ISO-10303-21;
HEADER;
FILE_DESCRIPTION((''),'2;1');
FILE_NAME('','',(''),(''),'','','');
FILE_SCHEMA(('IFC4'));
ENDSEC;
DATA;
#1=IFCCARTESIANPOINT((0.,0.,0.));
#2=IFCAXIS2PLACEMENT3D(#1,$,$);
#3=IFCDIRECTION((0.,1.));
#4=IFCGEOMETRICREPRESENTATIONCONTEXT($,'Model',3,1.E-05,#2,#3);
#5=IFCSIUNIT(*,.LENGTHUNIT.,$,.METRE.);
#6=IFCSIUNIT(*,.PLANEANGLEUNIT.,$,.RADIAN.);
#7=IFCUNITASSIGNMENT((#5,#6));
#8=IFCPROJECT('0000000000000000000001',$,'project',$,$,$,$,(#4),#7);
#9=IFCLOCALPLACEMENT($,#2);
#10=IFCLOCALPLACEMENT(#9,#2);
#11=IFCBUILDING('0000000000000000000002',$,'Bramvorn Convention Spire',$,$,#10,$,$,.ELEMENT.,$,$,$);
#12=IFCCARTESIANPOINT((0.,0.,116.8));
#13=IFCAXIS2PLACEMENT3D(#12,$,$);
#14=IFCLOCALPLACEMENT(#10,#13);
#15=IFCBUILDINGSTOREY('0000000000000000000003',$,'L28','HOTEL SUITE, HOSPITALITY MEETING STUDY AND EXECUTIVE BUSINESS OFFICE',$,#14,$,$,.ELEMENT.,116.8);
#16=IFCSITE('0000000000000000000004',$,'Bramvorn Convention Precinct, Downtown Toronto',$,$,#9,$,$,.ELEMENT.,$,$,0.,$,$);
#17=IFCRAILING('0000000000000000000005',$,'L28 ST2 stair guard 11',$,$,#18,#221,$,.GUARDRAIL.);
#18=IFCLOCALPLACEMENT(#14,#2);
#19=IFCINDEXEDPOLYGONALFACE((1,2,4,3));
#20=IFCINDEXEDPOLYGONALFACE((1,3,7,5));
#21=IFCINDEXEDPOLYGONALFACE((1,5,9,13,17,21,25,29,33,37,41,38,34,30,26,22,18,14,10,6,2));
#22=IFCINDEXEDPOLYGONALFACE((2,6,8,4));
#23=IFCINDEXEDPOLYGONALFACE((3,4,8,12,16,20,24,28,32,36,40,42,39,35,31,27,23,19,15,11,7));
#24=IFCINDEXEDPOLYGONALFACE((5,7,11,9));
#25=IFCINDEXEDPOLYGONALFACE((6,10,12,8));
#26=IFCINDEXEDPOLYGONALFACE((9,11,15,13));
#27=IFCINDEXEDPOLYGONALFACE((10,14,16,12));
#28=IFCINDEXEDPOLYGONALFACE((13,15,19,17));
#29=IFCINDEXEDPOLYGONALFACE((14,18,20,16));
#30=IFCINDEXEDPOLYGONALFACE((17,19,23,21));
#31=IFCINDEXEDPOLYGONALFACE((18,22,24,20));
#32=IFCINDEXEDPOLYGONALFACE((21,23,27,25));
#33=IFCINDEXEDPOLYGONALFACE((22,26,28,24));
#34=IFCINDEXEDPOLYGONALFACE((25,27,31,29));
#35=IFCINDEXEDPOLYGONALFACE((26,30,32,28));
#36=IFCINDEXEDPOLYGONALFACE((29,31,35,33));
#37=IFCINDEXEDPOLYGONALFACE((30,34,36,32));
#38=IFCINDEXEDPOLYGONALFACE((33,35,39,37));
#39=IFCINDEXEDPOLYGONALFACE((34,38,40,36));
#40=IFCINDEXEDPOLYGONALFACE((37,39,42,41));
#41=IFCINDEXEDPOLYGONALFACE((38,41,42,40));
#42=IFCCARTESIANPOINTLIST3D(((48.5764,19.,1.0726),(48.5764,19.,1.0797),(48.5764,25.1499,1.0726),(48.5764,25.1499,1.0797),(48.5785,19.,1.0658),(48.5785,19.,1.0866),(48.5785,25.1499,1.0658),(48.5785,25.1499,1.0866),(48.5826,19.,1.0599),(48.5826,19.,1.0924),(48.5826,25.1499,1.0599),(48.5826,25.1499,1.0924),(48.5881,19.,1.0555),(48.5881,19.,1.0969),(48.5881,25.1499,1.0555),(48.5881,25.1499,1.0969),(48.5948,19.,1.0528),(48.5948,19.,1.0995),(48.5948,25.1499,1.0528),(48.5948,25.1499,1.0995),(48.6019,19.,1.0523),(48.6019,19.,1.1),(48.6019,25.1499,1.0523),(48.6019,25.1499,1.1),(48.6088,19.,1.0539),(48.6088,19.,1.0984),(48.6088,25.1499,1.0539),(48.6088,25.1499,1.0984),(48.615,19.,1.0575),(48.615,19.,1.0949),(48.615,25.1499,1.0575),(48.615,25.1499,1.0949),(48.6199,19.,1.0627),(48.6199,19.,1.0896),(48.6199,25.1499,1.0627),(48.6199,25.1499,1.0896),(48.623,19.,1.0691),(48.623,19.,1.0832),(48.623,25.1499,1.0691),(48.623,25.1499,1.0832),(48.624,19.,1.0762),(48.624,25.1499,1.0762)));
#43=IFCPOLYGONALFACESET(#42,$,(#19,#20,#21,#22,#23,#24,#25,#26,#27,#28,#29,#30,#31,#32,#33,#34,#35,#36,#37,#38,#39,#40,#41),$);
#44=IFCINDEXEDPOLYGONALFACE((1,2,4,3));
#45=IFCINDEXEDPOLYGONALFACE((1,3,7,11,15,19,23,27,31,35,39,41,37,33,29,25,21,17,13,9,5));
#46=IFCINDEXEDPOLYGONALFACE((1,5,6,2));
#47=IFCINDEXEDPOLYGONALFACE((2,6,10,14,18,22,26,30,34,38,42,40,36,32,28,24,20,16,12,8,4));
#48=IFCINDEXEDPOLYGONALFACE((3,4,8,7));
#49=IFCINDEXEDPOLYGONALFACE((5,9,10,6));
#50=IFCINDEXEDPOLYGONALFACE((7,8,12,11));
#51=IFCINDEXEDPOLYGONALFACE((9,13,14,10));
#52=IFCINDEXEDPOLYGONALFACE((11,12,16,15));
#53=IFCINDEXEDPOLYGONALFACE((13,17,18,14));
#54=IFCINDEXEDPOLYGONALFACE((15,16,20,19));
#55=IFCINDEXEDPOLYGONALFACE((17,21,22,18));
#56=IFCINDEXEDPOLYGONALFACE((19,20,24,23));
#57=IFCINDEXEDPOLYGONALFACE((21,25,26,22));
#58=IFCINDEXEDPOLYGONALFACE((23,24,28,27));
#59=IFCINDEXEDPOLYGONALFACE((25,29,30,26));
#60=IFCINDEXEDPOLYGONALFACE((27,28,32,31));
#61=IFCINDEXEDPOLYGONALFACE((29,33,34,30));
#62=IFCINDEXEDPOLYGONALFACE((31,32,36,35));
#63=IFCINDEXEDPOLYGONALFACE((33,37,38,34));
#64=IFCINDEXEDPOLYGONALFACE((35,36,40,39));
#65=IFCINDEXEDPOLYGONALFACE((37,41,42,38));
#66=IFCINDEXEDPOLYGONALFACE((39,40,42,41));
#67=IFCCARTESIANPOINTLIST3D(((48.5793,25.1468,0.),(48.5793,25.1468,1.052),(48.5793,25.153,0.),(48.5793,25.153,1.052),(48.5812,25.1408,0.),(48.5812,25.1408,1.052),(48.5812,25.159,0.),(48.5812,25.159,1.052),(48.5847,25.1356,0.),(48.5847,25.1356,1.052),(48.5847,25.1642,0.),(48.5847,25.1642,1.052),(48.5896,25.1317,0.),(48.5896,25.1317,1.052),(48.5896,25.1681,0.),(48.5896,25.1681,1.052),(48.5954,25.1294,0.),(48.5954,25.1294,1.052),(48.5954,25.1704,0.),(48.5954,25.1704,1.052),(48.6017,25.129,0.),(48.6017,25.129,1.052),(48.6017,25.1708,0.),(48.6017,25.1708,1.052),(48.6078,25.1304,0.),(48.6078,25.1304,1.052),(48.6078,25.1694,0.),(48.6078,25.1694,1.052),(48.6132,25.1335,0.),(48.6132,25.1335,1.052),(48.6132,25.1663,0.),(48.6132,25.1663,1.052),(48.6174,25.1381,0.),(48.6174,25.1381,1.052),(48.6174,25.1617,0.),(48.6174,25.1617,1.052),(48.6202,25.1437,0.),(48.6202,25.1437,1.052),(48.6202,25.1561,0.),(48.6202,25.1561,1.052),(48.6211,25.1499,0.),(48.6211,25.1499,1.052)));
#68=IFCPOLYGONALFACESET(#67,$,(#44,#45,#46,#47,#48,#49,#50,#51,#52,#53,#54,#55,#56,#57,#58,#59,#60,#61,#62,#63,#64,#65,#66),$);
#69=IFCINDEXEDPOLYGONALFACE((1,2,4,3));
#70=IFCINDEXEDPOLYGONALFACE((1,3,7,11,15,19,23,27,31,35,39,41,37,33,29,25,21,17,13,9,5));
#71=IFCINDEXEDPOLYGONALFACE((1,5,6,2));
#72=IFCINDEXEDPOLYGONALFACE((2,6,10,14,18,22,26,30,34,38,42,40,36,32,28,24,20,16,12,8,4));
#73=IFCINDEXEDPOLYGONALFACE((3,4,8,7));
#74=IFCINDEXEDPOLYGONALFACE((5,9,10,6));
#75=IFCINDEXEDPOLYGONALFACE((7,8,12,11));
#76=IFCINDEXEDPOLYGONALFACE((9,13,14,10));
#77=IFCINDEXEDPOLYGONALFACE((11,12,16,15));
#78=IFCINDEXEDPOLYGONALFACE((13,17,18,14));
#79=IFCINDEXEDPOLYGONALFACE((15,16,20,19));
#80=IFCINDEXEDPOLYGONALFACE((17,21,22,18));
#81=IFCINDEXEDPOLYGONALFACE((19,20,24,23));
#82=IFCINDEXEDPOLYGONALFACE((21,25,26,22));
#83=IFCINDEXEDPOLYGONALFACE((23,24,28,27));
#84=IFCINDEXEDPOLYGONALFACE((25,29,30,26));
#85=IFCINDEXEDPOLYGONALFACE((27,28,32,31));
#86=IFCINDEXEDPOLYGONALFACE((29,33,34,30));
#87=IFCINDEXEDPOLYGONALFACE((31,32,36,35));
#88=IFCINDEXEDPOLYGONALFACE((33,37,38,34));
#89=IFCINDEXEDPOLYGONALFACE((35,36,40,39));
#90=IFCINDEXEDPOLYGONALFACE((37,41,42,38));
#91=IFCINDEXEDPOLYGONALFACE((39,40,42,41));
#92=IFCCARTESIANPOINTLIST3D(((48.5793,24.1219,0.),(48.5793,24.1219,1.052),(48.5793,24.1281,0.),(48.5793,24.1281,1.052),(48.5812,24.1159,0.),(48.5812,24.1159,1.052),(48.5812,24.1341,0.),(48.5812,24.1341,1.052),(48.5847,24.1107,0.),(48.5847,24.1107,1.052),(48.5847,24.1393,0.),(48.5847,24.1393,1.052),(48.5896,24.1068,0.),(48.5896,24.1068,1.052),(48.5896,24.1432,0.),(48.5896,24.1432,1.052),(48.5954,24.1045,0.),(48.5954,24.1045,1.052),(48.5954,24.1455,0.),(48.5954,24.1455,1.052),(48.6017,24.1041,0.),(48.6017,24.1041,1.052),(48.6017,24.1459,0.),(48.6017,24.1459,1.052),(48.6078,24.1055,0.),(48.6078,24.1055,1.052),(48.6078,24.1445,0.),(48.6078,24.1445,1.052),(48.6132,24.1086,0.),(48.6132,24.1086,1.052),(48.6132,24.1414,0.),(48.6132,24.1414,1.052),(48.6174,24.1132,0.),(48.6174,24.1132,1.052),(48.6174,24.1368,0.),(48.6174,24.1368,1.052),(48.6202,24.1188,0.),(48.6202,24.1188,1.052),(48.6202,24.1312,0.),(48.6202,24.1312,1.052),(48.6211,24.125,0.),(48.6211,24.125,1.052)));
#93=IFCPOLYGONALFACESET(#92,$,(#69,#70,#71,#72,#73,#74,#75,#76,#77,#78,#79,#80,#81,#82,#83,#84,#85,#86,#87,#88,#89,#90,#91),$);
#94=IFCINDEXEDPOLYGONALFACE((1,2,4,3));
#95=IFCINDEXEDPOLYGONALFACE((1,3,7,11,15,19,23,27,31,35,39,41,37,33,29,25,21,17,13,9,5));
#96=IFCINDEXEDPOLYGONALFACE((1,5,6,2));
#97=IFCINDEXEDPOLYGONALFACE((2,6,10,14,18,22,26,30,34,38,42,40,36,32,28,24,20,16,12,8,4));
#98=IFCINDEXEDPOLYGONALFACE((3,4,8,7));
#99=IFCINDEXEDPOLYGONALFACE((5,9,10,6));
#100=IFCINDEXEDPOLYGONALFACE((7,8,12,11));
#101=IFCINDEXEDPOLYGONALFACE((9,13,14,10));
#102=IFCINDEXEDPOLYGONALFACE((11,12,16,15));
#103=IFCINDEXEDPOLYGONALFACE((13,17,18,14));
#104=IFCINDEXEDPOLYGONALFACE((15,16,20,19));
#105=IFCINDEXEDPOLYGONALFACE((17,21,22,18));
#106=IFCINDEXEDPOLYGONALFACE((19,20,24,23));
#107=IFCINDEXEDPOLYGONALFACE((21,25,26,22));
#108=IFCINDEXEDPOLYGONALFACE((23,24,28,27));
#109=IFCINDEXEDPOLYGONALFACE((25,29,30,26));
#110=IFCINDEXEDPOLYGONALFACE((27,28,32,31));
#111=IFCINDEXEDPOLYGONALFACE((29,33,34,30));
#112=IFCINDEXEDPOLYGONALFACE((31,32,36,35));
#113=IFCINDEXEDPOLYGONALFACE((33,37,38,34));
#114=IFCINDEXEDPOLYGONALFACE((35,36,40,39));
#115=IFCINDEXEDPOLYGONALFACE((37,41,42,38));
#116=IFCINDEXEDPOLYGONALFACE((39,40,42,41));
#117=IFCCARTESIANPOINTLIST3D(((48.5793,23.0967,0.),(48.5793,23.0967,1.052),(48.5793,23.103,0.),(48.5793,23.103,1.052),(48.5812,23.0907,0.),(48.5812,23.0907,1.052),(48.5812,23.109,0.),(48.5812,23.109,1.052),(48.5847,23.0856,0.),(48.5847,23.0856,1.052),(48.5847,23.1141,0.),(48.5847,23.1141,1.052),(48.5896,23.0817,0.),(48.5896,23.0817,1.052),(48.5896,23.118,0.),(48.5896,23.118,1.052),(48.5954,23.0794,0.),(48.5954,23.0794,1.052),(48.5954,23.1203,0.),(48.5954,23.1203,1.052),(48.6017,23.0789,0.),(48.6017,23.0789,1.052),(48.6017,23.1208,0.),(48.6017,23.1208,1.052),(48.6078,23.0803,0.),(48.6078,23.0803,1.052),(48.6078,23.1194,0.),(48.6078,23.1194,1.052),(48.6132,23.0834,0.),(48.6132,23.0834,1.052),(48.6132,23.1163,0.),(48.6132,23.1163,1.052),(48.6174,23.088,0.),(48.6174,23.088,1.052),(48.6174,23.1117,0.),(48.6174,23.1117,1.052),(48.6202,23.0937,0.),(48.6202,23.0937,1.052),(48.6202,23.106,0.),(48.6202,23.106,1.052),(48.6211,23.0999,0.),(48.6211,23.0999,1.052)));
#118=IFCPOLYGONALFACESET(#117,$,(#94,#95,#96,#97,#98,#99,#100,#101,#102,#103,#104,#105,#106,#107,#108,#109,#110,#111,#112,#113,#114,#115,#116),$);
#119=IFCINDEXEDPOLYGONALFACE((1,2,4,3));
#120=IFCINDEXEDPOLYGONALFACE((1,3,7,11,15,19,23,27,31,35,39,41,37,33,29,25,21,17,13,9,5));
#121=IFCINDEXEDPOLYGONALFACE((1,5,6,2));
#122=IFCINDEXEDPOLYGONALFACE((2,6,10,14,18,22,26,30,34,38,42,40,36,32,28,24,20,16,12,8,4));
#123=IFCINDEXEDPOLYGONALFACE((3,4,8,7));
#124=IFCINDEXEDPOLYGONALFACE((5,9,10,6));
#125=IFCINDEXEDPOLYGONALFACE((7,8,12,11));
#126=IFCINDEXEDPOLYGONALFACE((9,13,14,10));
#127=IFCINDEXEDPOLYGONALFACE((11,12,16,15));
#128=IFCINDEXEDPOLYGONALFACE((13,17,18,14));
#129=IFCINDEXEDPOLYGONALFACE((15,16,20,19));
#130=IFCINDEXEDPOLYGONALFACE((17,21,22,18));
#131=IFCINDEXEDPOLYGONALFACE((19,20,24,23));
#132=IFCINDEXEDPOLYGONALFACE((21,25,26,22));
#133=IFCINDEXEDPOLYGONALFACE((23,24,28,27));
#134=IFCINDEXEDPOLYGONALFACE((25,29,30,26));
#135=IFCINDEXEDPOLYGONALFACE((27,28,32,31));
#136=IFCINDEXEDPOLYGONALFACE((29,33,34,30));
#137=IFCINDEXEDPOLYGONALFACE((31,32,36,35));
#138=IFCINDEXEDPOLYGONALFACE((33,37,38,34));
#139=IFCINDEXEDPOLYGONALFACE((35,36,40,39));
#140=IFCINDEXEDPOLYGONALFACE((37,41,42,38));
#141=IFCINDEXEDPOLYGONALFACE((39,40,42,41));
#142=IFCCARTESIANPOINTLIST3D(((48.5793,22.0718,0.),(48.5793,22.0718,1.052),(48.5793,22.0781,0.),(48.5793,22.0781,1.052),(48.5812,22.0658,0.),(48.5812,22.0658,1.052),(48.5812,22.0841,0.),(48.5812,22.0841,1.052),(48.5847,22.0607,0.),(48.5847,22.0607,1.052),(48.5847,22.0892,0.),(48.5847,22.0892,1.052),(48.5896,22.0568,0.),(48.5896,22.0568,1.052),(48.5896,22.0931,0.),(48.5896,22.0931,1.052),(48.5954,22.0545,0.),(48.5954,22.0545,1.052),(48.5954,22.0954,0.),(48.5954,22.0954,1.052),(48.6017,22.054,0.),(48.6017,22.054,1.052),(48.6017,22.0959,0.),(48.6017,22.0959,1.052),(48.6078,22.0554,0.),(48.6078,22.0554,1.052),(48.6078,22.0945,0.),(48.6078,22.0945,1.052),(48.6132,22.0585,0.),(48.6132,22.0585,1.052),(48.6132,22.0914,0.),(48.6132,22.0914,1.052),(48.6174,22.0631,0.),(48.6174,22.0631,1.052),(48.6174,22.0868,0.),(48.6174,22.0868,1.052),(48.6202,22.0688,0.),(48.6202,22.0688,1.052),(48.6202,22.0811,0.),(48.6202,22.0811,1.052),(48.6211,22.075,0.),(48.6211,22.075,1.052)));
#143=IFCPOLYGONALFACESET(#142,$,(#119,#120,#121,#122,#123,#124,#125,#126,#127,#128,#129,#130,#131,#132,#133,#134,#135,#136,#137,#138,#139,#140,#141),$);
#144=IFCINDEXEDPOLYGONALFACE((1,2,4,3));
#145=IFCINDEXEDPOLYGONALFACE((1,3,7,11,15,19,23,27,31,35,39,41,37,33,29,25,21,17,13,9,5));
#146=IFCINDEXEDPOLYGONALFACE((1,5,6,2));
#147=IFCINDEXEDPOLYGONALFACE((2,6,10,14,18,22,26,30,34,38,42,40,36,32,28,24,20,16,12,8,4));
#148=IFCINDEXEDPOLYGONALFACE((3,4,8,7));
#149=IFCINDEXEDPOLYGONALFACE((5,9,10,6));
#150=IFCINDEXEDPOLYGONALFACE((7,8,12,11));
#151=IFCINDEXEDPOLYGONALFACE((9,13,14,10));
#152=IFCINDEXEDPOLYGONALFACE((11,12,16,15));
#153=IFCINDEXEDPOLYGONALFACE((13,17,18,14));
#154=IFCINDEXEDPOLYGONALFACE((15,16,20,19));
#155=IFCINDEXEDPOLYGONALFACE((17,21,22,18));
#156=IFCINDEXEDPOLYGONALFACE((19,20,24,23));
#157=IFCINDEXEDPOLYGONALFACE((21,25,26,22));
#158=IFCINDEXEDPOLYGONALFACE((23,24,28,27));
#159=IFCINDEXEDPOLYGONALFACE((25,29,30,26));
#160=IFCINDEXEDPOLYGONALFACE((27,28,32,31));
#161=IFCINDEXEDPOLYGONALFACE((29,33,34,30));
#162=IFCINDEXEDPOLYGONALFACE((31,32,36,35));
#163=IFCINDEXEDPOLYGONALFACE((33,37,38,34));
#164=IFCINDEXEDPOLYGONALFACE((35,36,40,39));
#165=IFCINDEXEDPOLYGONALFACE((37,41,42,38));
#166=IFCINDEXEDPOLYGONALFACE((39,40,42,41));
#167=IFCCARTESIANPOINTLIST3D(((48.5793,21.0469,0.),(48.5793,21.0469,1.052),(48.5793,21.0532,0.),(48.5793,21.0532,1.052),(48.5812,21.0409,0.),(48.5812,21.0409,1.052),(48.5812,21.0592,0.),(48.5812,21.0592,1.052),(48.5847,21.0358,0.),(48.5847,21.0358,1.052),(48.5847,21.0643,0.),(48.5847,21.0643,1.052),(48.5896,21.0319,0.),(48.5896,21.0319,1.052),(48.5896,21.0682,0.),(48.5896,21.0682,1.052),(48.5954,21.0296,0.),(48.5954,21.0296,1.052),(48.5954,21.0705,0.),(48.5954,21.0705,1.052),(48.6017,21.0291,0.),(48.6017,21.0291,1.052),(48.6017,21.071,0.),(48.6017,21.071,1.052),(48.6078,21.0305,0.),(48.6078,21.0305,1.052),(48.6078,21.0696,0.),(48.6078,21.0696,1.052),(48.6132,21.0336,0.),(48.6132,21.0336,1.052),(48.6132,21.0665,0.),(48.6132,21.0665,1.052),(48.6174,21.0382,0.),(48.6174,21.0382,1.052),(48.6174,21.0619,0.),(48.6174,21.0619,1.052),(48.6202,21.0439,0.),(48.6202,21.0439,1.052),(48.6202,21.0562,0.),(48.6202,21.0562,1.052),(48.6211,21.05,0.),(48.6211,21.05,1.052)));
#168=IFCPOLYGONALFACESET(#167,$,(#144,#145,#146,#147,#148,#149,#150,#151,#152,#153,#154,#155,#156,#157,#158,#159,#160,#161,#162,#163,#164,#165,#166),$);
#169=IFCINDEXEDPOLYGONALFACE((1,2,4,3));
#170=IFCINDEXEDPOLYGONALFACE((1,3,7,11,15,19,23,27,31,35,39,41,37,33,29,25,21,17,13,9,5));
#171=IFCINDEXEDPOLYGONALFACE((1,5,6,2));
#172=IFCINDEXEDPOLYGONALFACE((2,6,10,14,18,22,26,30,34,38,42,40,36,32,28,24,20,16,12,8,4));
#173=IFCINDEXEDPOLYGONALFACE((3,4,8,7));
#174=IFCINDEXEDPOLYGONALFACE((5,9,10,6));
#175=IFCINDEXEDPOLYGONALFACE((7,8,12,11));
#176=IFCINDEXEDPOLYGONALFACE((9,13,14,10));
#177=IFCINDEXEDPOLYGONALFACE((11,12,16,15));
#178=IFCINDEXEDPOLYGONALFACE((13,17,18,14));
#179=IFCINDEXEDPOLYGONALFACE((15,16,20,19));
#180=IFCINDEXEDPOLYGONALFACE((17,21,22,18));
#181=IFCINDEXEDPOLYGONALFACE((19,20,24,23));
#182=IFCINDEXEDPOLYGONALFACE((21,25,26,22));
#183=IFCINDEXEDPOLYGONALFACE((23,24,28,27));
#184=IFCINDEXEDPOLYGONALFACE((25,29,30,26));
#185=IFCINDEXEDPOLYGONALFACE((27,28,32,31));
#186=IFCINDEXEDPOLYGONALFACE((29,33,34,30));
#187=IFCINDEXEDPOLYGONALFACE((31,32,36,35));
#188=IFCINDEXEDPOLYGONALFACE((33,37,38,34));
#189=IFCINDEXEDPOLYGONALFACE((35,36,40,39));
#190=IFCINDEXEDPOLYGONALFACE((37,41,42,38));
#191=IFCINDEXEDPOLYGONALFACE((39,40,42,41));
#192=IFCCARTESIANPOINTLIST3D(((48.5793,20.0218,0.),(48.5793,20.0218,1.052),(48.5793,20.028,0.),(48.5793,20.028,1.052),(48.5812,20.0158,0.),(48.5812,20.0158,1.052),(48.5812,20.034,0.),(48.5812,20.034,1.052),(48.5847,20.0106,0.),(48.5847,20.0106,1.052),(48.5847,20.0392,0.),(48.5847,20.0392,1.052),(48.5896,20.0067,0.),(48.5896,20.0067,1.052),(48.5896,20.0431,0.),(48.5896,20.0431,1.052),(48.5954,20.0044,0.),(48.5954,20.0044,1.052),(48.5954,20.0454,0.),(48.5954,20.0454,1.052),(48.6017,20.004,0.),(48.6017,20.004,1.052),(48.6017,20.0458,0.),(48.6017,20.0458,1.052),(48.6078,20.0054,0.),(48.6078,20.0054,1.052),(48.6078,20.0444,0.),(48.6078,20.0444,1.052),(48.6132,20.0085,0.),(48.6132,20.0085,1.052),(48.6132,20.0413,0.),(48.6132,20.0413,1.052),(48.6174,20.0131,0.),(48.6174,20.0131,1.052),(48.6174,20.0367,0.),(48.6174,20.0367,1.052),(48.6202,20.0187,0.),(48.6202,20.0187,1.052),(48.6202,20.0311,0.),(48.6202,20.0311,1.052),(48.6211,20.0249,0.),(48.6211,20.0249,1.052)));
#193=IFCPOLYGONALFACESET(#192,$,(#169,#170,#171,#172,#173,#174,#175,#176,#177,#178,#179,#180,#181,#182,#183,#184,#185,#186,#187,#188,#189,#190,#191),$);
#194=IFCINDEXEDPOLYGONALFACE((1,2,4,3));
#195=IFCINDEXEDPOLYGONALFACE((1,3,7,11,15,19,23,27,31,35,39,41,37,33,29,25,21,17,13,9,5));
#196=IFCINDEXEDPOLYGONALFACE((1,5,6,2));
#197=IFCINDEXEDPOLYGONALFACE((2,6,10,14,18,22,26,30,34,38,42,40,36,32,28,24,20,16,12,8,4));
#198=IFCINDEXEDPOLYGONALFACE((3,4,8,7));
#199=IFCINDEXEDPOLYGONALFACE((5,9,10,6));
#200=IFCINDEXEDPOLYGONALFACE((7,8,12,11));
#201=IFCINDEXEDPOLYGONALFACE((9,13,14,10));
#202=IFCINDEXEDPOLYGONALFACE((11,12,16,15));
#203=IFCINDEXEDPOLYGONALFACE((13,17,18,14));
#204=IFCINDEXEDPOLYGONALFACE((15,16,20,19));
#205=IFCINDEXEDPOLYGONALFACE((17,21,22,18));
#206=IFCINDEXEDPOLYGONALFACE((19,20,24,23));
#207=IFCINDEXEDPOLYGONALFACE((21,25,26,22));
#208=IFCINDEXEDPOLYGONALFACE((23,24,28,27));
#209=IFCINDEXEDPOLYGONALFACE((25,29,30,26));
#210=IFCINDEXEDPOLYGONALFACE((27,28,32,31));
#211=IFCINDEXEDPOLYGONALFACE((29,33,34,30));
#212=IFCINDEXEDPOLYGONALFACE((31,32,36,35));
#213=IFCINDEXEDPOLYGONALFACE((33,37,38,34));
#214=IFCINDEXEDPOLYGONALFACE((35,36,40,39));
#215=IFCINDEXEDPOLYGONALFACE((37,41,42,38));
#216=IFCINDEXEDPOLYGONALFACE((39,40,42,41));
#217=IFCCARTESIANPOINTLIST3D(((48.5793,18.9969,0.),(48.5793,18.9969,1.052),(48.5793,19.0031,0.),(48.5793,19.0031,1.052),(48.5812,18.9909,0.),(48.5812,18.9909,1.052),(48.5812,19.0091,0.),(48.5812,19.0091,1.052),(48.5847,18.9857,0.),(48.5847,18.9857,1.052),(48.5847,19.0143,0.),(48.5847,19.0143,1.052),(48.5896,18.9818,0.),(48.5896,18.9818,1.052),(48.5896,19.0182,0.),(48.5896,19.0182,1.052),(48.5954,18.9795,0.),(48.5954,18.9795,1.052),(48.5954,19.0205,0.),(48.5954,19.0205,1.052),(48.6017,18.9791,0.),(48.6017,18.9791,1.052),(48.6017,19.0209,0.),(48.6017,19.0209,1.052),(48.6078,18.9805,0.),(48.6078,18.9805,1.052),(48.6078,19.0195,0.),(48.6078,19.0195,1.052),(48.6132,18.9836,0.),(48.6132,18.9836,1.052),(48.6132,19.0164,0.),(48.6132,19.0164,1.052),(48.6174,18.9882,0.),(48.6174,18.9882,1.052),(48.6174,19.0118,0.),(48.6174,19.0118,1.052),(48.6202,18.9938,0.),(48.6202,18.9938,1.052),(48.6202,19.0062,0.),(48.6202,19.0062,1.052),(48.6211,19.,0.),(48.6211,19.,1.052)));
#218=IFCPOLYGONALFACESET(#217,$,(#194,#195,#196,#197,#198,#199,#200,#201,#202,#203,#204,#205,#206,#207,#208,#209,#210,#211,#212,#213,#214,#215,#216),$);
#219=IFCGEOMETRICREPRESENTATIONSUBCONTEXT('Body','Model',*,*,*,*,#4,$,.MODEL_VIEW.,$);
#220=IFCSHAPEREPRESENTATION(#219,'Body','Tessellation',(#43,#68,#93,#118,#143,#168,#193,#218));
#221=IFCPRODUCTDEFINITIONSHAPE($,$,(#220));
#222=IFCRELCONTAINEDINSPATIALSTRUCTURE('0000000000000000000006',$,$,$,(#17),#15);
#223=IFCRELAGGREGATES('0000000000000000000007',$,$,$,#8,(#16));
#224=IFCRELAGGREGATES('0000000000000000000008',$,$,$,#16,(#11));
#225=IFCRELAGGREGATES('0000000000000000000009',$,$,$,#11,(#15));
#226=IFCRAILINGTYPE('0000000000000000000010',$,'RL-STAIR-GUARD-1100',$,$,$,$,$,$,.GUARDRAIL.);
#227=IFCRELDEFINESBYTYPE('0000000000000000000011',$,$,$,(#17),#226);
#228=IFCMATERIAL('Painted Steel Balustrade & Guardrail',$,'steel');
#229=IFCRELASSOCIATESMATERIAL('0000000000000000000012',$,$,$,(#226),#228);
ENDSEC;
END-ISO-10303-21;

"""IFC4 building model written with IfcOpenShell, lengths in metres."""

from ifc_helpers import new_model, si_unit, direction, frame, origin, origin_2d, place, context, subcontext, project, spatial, circle, extrude, material, type_object, element, save


model = new_model("IFC4")

# Units and contexts
model_context = context("Model", 3, precision=1e-05, world=origin(), true_north=direction((0.0, 1.0)))
body_context = subcontext(model_context, "Body", "Model", "MODEL_VIEW")
ifc_project = project(units=[si_unit("LENGTHUNIT", "METRE"), si_unit("PLANEANGLEUNIT", "RADIAN")], contexts=[model_context])

# Site, building, storey
site_placement = place(None, origin())
site = spatial("IfcSite", under=ifc_project, at=site_placement, Name="Bramvorn Convention Precinct, Downtown Toronto", CompositionType="ELEMENT", RefElevation=0.0)
building_placement = place(site_placement, origin())
building = spatial("IfcBuilding", under=site, at=building_placement, Name="Bramvorn Convention Spire", CompositionType="ELEMENT")
storey_placement = place(building_placement, frame((0.0, 0.0, 116.8)))
storey = spatial("IfcBuildingStorey", under=building, at=storey_placement, Name="L28", Description="HOTEL SUITE, HOSPITALITY MEETING STUDY AND EXECUTIVE BUSINESS OFFICE", CompositionType="ELEMENT", Elevation=116.8)

# Railing
ifc_material_1 = material(Name="Painted Steel Balustrade & Guardrail", Category="steel")
railing_type_1 = type_object("IfcRailingType", Name="RL-STAIR-GUARD-1100", PredefinedType="GUARDRAIL", material=ifc_material_1)
railing_1_placement = place(storey_placement, frame((48.6001, 25.1499, 0.0)))
element("IfcRailing", 1, at=railing_1_placement, inside=storey, type_object=railing_type_1, Name="L28 ST2 stair guard 11", PredefinedType="GUARDRAIL", context=body_context, shape_type="SweptSolid", body=[
    extrude(circle(Radius=0.0239, at=origin_2d()), frame((0.0, 0.0, 1.0762), z_axis=(0.0, -1.0, 0.0), x_axis=(1.0, 0.0, 0.0)), (0.0, 0.0, 1.0), 6.1499),
    extrude(circle(Radius=0.021, at=origin_2d()), origin(), (0.0, 0.0, 1.0), 1.052),
    extrude(circle(Radius=0.021, at=origin_2d()), frame((0.0, -1.0249, 0.0)), (0.0, 0.0, 1.0), 1.052),
    extrude(circle(Radius=0.021, at=origin_2d()), frame((0.0, -2.05, 0.0)), (0.0, 0.0, 1.0), 1.052),
    extrude(circle(Radius=0.021, at=origin_2d()), frame((0.0, -3.075, 0.0)), (0.0, 0.0, 1.0), 1.052),
    extrude(circle(Radius=0.021, at=origin_2d()), frame((0.0, -4.0999, 0.0)), (0.0, 0.0, 1.0), 1.052),
    extrude(circle(Radius=0.021, at=origin_2d()), frame((0.0, -5.125, 0.0)), (0.0, 0.0, 1.0), 1.052),
    extrude(circle(Radius=0.021, at=origin_2d()), frame((0.0, -6.1499, 0.0)), (0.0, 0.0, 1.0), 1.052),
])

save(model, "model.ifc")
